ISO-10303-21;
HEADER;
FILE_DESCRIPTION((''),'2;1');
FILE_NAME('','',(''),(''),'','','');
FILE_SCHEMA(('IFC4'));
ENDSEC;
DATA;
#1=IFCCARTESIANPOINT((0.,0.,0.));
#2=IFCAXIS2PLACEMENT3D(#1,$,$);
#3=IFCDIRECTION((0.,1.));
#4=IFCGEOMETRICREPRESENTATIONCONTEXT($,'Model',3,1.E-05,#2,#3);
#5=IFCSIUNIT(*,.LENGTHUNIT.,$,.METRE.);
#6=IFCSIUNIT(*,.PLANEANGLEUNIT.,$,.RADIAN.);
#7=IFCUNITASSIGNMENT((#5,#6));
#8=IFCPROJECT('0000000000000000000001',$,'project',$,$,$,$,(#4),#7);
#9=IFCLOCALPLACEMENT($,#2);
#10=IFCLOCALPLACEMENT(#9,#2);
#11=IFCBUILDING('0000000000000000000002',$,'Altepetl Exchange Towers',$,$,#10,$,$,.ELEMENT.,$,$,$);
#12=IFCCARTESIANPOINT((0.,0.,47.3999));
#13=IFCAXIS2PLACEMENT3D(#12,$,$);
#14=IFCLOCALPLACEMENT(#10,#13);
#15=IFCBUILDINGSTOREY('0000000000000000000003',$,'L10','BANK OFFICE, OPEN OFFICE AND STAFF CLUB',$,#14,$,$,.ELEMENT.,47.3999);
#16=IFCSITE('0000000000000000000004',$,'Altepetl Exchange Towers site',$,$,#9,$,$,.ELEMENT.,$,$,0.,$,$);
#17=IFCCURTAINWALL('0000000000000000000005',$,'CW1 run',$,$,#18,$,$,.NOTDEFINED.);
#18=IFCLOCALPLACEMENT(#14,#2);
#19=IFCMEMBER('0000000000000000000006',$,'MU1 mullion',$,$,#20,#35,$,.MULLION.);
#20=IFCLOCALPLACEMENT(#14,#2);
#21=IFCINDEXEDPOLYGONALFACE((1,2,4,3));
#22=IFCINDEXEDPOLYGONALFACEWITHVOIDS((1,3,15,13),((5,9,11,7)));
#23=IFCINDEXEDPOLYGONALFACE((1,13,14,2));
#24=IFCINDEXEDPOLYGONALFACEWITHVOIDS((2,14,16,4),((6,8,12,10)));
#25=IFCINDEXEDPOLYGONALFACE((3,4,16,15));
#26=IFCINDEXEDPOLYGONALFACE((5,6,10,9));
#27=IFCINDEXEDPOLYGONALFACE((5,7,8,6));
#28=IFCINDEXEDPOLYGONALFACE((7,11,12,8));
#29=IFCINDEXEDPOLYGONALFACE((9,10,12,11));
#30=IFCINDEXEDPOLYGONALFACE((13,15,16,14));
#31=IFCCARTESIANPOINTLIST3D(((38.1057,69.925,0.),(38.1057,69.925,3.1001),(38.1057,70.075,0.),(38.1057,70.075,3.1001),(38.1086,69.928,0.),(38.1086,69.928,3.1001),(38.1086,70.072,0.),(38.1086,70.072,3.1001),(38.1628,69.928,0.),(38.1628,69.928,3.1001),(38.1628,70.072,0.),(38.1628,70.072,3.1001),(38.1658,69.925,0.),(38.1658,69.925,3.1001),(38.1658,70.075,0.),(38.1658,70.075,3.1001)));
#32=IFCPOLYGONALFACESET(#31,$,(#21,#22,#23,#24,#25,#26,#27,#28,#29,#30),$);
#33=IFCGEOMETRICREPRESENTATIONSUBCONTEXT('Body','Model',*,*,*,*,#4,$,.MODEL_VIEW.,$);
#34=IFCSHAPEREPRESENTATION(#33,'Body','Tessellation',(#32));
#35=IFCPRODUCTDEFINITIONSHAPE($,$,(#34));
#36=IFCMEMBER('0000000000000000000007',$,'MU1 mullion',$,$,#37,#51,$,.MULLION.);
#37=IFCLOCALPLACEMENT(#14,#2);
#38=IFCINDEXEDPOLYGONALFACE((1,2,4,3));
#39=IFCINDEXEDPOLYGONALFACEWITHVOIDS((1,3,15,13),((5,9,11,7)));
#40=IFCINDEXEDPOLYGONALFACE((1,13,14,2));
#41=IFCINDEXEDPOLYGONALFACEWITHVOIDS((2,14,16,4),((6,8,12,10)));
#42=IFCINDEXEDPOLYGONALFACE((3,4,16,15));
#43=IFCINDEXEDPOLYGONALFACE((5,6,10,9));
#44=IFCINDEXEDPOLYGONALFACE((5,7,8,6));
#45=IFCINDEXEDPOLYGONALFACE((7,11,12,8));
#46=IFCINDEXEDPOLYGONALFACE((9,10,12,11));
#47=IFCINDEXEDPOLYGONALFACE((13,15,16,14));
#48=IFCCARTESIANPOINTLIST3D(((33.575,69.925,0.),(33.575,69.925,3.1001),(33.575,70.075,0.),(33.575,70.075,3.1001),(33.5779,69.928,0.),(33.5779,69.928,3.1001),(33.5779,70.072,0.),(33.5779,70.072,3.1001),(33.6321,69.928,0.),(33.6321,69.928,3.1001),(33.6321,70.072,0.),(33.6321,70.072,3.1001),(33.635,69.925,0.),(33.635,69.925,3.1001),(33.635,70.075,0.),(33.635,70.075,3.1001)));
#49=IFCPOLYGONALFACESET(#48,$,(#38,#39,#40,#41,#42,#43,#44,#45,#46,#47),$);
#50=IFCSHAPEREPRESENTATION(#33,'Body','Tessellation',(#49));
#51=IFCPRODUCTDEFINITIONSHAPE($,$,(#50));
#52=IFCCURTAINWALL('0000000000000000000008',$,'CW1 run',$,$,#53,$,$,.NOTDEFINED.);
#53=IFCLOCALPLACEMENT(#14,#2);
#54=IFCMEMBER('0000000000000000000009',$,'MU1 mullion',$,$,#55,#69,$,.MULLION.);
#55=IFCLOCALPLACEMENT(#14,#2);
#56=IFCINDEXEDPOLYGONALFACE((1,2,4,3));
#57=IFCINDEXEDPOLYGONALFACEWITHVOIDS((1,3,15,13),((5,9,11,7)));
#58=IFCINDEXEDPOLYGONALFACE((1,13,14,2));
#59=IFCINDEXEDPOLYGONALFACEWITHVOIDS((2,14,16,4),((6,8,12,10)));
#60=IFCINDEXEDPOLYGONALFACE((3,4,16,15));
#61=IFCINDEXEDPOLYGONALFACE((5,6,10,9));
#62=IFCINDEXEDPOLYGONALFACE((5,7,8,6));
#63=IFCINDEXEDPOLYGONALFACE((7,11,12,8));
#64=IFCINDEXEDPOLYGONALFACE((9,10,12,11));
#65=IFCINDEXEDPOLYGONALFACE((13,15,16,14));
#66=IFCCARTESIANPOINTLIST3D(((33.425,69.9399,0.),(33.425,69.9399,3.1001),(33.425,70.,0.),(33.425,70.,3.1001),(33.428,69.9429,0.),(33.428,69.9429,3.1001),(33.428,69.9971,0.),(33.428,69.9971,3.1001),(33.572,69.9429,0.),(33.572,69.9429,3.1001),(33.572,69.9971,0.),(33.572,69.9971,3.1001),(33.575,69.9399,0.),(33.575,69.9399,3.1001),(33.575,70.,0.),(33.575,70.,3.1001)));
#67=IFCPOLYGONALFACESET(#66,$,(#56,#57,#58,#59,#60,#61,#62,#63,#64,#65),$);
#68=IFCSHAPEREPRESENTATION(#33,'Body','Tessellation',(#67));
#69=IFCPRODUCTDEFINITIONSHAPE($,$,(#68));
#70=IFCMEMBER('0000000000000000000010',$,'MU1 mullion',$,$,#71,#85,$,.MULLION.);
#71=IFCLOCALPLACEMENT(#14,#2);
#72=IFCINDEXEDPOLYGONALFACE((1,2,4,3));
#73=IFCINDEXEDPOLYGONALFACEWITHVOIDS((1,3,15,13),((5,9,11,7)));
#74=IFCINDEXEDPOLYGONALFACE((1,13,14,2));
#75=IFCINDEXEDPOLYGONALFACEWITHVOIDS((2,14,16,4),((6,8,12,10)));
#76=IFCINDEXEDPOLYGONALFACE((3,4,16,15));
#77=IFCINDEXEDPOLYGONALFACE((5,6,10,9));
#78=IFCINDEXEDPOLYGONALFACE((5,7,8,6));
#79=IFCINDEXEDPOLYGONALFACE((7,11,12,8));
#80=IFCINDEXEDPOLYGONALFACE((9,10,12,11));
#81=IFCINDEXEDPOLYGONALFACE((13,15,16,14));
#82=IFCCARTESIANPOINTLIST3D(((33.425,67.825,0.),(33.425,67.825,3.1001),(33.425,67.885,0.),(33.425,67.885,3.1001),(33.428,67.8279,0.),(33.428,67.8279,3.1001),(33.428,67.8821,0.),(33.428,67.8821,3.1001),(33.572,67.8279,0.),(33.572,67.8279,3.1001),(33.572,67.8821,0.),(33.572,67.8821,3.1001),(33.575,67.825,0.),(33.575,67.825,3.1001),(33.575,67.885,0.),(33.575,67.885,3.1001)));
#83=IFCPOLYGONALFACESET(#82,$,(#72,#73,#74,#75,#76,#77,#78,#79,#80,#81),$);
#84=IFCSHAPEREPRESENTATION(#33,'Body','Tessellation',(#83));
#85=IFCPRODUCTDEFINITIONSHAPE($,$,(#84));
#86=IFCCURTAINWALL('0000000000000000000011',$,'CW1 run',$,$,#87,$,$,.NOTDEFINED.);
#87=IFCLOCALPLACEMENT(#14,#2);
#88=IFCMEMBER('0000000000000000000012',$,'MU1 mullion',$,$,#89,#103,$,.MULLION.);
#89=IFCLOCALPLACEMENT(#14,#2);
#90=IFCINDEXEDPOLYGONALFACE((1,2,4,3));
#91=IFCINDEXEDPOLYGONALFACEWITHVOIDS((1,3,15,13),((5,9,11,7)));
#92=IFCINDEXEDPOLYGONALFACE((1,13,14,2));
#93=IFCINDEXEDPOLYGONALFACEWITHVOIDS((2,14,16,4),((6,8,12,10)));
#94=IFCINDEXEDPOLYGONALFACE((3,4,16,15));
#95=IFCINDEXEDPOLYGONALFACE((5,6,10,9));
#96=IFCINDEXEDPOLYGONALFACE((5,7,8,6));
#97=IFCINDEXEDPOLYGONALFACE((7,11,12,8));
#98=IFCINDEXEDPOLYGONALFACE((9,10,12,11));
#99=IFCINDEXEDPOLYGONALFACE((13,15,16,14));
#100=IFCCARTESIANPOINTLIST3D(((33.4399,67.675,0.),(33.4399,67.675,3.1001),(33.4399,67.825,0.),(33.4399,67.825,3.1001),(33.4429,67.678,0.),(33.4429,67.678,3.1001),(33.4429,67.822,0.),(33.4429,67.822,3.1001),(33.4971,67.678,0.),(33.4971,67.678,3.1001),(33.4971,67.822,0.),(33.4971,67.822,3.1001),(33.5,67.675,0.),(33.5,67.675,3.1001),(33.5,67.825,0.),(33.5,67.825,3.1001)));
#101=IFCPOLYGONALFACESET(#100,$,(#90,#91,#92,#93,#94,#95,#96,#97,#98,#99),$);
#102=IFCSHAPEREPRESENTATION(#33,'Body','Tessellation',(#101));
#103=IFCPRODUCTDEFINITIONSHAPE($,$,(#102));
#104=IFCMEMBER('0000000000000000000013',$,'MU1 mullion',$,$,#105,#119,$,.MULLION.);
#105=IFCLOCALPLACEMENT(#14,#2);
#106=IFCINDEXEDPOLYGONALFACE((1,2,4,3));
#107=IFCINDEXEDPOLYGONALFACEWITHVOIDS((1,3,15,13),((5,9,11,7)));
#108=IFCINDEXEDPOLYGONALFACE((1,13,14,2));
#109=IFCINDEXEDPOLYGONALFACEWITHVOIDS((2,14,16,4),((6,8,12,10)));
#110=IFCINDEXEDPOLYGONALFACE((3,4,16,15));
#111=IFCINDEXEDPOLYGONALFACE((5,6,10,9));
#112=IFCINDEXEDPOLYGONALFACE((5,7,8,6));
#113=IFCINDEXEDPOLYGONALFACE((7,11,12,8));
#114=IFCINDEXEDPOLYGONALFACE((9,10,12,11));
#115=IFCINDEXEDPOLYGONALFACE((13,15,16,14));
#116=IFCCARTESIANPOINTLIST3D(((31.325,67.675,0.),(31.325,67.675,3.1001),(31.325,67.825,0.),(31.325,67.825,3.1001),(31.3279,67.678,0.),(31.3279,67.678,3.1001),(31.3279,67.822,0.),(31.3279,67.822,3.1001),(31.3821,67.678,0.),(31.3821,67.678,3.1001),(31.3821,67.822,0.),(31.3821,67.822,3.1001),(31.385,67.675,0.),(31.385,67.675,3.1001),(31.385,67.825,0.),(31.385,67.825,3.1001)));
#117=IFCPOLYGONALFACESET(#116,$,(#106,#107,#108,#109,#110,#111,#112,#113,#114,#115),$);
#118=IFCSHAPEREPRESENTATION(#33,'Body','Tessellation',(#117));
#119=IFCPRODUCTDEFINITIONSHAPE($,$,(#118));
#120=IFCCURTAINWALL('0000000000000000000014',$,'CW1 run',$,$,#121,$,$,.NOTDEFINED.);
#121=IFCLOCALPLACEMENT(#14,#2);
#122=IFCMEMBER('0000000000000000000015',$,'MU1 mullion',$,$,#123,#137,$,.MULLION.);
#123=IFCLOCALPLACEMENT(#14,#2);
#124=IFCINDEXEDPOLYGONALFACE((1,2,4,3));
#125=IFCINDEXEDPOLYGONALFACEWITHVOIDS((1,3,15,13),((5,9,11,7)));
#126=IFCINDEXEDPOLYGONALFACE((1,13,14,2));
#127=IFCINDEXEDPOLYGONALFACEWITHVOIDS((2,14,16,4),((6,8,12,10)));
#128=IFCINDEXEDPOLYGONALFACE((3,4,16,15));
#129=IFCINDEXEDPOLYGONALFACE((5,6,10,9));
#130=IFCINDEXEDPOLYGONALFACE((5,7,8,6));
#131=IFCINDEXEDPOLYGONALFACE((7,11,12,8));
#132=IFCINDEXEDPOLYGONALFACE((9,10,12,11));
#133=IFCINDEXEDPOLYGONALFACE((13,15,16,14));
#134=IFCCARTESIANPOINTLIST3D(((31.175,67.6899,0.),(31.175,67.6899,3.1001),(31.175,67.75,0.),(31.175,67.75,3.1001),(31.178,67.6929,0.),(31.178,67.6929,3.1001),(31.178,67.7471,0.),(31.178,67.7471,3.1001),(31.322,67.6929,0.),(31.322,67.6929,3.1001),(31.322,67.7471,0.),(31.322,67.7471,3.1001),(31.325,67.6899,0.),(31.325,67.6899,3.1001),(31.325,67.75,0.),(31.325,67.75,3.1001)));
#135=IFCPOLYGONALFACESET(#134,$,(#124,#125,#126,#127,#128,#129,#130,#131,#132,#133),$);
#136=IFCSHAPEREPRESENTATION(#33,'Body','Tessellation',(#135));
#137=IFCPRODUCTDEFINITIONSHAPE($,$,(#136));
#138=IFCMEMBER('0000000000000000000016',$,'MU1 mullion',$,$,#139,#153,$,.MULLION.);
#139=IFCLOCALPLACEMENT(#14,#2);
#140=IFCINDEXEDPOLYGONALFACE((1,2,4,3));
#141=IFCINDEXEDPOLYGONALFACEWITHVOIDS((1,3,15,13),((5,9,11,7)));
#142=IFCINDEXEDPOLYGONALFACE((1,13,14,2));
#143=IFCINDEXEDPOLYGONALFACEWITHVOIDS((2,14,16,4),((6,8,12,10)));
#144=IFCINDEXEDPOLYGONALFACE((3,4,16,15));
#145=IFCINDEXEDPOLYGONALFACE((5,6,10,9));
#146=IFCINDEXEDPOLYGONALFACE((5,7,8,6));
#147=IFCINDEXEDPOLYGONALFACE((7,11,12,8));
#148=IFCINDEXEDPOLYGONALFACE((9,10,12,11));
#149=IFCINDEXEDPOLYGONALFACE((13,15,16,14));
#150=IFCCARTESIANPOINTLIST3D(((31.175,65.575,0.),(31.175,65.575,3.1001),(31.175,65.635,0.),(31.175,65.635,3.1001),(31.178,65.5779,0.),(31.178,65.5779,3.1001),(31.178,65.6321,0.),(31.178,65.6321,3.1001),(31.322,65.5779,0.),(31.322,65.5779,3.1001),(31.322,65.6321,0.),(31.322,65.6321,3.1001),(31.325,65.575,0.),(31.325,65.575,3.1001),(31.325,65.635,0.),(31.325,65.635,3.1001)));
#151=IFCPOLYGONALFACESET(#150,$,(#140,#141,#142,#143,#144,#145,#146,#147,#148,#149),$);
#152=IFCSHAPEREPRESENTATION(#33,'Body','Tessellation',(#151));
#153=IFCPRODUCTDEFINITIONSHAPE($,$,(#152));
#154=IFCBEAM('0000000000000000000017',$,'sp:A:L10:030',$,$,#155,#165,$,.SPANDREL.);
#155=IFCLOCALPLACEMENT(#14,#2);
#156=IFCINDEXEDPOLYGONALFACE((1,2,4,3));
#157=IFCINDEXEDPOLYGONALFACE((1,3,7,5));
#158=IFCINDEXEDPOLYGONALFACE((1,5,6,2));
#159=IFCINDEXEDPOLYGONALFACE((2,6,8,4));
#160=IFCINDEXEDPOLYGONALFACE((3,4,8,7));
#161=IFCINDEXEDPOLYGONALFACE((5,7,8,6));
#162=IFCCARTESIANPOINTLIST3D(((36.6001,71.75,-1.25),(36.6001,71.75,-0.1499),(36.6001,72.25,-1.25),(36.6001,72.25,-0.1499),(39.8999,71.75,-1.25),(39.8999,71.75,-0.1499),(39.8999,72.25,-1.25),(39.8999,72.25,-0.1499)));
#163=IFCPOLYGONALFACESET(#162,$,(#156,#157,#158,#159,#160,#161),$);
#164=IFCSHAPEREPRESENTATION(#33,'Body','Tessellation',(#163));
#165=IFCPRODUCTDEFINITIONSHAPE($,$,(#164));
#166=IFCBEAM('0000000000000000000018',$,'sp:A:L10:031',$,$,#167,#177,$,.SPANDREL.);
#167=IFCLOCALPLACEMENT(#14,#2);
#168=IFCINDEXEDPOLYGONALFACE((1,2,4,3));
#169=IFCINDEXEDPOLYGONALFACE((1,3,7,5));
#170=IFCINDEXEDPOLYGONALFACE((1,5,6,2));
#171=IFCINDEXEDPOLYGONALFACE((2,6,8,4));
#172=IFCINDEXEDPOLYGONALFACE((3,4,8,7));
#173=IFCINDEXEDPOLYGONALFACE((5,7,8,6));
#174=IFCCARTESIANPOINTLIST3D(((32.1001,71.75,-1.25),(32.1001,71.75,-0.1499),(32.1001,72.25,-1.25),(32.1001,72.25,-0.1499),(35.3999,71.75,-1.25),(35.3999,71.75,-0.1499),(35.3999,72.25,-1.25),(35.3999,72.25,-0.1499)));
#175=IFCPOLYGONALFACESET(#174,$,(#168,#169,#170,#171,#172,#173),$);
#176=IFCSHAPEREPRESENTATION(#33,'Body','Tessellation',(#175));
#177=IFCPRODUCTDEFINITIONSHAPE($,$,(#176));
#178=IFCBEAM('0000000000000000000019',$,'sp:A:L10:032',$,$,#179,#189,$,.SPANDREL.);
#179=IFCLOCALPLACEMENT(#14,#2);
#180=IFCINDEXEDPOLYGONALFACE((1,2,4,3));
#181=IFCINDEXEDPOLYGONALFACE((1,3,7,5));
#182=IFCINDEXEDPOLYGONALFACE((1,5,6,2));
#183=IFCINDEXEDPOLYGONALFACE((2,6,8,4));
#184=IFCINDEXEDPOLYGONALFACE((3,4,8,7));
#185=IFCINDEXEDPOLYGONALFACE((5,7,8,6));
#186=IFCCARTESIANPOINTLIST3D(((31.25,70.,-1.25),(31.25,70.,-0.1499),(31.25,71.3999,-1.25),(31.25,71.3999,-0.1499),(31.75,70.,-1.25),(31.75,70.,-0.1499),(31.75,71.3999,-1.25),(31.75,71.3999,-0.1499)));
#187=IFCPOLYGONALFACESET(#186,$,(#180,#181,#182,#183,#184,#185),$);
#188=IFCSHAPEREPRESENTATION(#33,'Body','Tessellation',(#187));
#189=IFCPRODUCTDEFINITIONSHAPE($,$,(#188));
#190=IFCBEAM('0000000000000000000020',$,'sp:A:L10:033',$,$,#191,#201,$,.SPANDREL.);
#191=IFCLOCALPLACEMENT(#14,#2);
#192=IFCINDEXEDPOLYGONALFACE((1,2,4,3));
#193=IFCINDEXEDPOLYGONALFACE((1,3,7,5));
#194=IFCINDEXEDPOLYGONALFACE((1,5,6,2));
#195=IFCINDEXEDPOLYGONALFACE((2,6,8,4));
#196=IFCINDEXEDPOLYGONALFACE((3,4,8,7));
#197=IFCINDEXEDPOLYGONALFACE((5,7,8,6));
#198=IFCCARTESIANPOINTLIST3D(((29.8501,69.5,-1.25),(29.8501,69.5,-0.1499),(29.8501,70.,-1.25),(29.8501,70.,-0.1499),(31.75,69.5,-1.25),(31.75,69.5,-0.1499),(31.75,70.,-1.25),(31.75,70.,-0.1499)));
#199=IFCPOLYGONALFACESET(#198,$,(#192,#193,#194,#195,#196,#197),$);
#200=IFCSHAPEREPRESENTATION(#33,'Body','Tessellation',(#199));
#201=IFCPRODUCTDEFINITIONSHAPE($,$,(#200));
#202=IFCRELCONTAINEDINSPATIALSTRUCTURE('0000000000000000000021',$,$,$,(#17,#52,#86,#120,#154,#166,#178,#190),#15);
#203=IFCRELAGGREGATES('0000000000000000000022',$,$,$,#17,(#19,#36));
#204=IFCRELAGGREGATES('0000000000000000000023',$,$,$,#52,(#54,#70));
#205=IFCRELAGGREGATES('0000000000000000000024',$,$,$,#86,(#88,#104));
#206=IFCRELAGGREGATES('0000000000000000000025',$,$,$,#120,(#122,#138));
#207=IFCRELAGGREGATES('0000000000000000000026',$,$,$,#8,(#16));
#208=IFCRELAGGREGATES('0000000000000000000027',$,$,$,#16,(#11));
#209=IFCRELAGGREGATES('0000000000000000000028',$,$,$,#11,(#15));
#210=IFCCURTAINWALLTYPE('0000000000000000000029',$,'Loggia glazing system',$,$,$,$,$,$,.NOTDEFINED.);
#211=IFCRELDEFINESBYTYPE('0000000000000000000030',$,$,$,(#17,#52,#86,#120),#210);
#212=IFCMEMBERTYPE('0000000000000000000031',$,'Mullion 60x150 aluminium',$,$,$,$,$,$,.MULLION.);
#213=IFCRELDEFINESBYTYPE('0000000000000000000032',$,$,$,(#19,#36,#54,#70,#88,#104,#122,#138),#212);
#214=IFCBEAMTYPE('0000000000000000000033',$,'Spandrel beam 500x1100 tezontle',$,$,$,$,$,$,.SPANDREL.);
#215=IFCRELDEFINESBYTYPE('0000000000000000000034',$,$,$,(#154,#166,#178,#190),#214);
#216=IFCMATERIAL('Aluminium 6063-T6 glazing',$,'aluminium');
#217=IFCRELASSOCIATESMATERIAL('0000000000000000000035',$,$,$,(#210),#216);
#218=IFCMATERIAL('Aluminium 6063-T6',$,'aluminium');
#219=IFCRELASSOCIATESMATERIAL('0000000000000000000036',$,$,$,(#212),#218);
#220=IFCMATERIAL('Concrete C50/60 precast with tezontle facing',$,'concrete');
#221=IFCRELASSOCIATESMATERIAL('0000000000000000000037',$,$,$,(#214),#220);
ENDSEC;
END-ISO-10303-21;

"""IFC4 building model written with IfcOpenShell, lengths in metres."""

from ifc_helpers import new_model, si_unit, direction, frame, origin, origin_2d, place, context, subcontext, project, spatial, rectangle, hollow_rectangle, extrude, material, material_profile, profile_set, type_object, element, aggregate, save


model = new_model("IFC4")

# Units and contexts
model_context = context("Model", 3, precision=1e-05, world=origin(), true_north=direction((0.0, 1.0)))
body_context = subcontext(model_context, "Body", "Model", "MODEL_VIEW")
ifc_project = project(units=[si_unit("LENGTHUNIT", "METRE"), si_unit("PLANEANGLEUNIT", "RADIAN")], contexts=[model_context])

# Site, building, storey
site_placement = place(None, origin())
site = spatial("IfcSite", under=ifc_project, at=site_placement, Name="Altepetl Exchange Towers site", CompositionType="ELEMENT", RefElevation=0.0)
building_placement = place(site_placement, origin())
building = spatial("IfcBuilding", under=site, at=building_placement, Name="Altepetl Exchange Towers", CompositionType="ELEMENT")
storey_placement = place(building_placement, frame((0.0, 0.0, 47.3999)))
storey = spatial("IfcBuildingStorey", under=building, at=storey_placement, Name="L10", Description="BANK OFFICE, OPEN OFFICE AND STAFF CLUB", CompositionType="ELEMENT", Elevation=47.3999)

# Shared definitions
ifc_material_1 = material(Name="Aluminium 6063-T6 glazing", Category="aluminium")
curtain_wall_type = type_object("IfcCurtainWallType", Name="Loggia glazing system", PredefinedType="NOTDEFINED", material=ifc_material_1)
ifc_material_2 = material(Name="Aluminium 6063-T6", Category="aluminium")
ifc_material_profile_1 = material_profile(ifc_material_2, hollow_rectangle(XDim=0.0601, YDim=0.1499, WallThickness=0.0029, at=origin_2d()), Name="Mullion 60x150 aluminium")
ifc_profile_set_1 = profile_set([ifc_material_profile_1], Name="Aluminium 6063-T6")
member_type = type_object("IfcMemberType", Name="Mullion 60x150 aluminium", PredefinedType="MULLION", material=ifc_profile_set_1)

# Curtain walls, members
curtain_wall_1_placement = place(storey_placement, origin())
curtain_wall_1 = element("IfcCurtainWall", 1, at=curtain_wall_1_placement, inside=storey, type_object=curtain_wall_type, Name="CW1 run", PredefinedType="NOTDEFINED")
member_1_placement = place(storey_placement, frame((38.1357, 70.0, 0.0), z_axis=(0.0, 0.0, 1.0), x_axis=(-1.0, 0.0, 0.0)))
member_1 = element("IfcMember", 2, at=member_1_placement, type_object=member_type, Name="MU1 mullion", PredefinedType="MULLION", context=body_context, shape_type="SweptSolid", body=[
    extrude(hollow_rectangle(XDim=0.0601, YDim=0.1499, WallThickness=0.0029, at=origin_2d()), origin(), (0.0, 0.0, 1.0), 3.1001),
])
member_2_placement = place(storey_placement, frame((33.605, 70.0, 0.0), z_axis=(0.0, 0.0, 1.0), x_axis=(-1.0, 0.0, 0.0)))
member_2 = element("IfcMember", 3, at=member_2_placement, type_object=member_type, Name="MU1 mullion", PredefinedType="MULLION", context=body_context, shape_type="SweptSolid", body=[
    extrude(hollow_rectangle(XDim=0.0601, YDim=0.1499, WallThickness=0.0029, at=origin_2d()), origin(), (0.0, 0.0, 1.0), 3.1001),
])
curtain_wall_2_placement = place(storey_placement, origin())
curtain_wall_2 = element("IfcCurtainWall", 4, at=curtain_wall_2_placement, inside=storey, type_object=curtain_wall_type, Name="CW1 run", PredefinedType="NOTDEFINED")
member_3_placement = place(storey_placement, frame((33.5, 69.97, 0.0), z_axis=(0.0, 0.0, 1.0), x_axis=(0.0, -1.0, 0.0)))
member_3 = element("IfcMember", 5, at=member_3_placement, type_object=member_type, Name="MU1 mullion", PredefinedType="MULLION", context=body_context, shape_type="SweptSolid", body=[
    extrude(hollow_rectangle(XDim=0.0601, YDim=0.1499, WallThickness=0.0029, at=origin_2d()), origin(), (0.0, 0.0, 1.0), 3.1001),
])
member_4_placement = place(storey_placement, frame((33.5, 67.855, 0.0), z_axis=(0.0, 0.0, 1.0), x_axis=(0.0, -1.0, 0.0)))
member_4 = element("IfcMember", 6, at=member_4_placement, type_object=member_type, Name="MU1 mullion", PredefinedType="MULLION", context=body_context, shape_type="SweptSolid", body=[
    extrude(hollow_rectangle(XDim=0.0601, YDim=0.1499, WallThickness=0.0029, at=origin_2d()), origin(), (0.0, 0.0, 1.0), 3.1001),
])
curtain_wall_3_placement = place(storey_placement, origin())
curtain_wall_3 = element("IfcCurtainWall", 7, at=curtain_wall_3_placement, inside=storey, type_object=curtain_wall_type, Name="CW1 run", PredefinedType="NOTDEFINED")
member_5_placement = place(storey_placement, frame((33.47, 67.75, 0.0), z_axis=(0.0, 0.0, 1.0), x_axis=(-1.0, 0.0, 0.0)))
member_5 = element("IfcMember", 8, at=member_5_placement, type_object=member_type, Name="MU1 mullion", PredefinedType="MULLION", context=body_context, shape_type="SweptSolid", body=[
    extrude(hollow_rectangle(XDim=0.0601, YDim=0.1499, WallThickness=0.0029, at=origin_2d()), origin(), (0.0, 0.0, 1.0), 3.1001),
])
member_6_placement = place(storey_placement, frame((31.355, 67.75, 0.0), z_axis=(0.0, 0.0, 1.0), x_axis=(-1.0, 0.0, 0.0)))
member_6 = element("IfcMember", 9, at=member_6_placement, type_object=member_type, Name="MU1 mullion", PredefinedType="MULLION", context=body_context, shape_type="SweptSolid", body=[
    extrude(hollow_rectangle(XDim=0.0601, YDim=0.1499, WallThickness=0.0029, at=origin_2d()), origin(), (0.0, 0.0, 1.0), 3.1001),
])
curtain_wall_4_placement = place(storey_placement, origin())
curtain_wall_4 = element("IfcCurtainWall", 10, at=curtain_wall_4_placement, inside=storey, type_object=curtain_wall_type, Name="CW1 run", PredefinedType="NOTDEFINED")
member_7_placement = place(storey_placement, frame((31.25, 67.72, 0.0), z_axis=(0.0, 0.0, 1.0), x_axis=(0.0, -1.0, 0.0)))
member_7 = element("IfcMember", 11, at=member_7_placement, type_object=member_type, Name="MU1 mullion", PredefinedType="MULLION", context=body_context, shape_type="SweptSolid", body=[
    extrude(hollow_rectangle(XDim=0.0601, YDim=0.1499, WallThickness=0.0029, at=origin_2d()), origin(), (0.0, 0.0, 1.0), 3.1001),
])
member_8_placement = place(storey_placement, frame((31.25, 65.605, 0.0), z_axis=(0.0, 0.0, 1.0), x_axis=(0.0, -1.0, 0.0)))
member_8 = element("IfcMember", 12, at=member_8_placement, type_object=member_type, Name="MU1 mullion", PredefinedType="MULLION", context=body_context, shape_type="SweptSolid", body=[
    extrude(hollow_rectangle(XDim=0.0601, YDim=0.1499, WallThickness=0.0029, at=origin_2d()), origin(), (0.0, 0.0, 1.0), 3.1001),
])

# Beams
ifc_material_3 = material(Name="Concrete C50/60 precast with tezontle facing", Category="concrete")
ifc_material_profile_2 = material_profile(ifc_material_3, rectangle(XDim=0.5, YDim=1.1001, at=origin_2d()), Name="500 x 1100")
ifc_profile_set_2 = profile_set([ifc_material_profile_2], Name="Concrete C50/60 precast with tezontle facing")
beam_type_1 = type_object("IfcBeamType", Name="Spandrel beam 500x1100 tezontle", PredefinedType="SPANDREL", material=ifc_profile_set_2)
for number, where, z_axis, x_axis, name in (
    (13, (39.8999, 72.0, -0.7), (-1.0, 0.0, 0.0), (0.0, -1.0, 0.0), "sp:A:L10:030"),
    (14, (35.3999, 72.0, -0.7), (-1.0, 0.0, 0.0), (0.0, -1.0, 0.0), "sp:A:L10:031"),
):
    element("IfcBeam", number, at=place(storey_placement, frame(where, z_axis=z_axis, x_axis=x_axis)), inside=storey, type_object=beam_type_1, Name=name, PredefinedType="SPANDREL", context=body_context, shape_type="SweptSolid", body=[
        extrude(rectangle(XDim=0.5, YDim=1.1001, at=origin_2d()), origin(), (0.0, 0.0, 1.0), 3.2998),
    ])
beam_1_placement = place(storey_placement, frame((31.5, 71.3999, -0.7), z_axis=(0.0, -1.0, 0.0), x_axis=(1.0, 0.0, 0.0)))
element("IfcBeam", 15, at=beam_1_placement, inside=storey, type_object=beam_type_1, Name="sp:A:L10:032", PredefinedType="SPANDREL", context=body_context, shape_type="SweptSolid", body=[
    extrude(rectangle(XDim=0.5, YDim=1.1001, at=origin_2d()), origin(), (0.0, 0.0, 1.0), 1.3999),
])
beam_2_placement = place(storey_placement, frame((31.75, 69.75, -0.7), z_axis=(-1.0, 0.0, 0.0), x_axis=(0.0, -1.0, 0.0)))
element("IfcBeam", 16, at=beam_2_placement, inside=storey, type_object=beam_type_1, Name="sp:A:L10:033", PredefinedType="SPANDREL", context=body_context, shape_type="SweptSolid", body=[
    extrude(rectangle(XDim=0.5, YDim=1.1001, at=origin_2d()), origin(), (0.0, 0.0, 1.0), 1.8999),
])

aggregate(curtain_wall_1, [member_1, member_2])
aggregate(curtain_wall_2, [member_3, member_4])
aggregate(curtain_wall_3, [member_5, member_6])
aggregate(curtain_wall_4, [member_7, member_8])

save(model, "model.ifc")
